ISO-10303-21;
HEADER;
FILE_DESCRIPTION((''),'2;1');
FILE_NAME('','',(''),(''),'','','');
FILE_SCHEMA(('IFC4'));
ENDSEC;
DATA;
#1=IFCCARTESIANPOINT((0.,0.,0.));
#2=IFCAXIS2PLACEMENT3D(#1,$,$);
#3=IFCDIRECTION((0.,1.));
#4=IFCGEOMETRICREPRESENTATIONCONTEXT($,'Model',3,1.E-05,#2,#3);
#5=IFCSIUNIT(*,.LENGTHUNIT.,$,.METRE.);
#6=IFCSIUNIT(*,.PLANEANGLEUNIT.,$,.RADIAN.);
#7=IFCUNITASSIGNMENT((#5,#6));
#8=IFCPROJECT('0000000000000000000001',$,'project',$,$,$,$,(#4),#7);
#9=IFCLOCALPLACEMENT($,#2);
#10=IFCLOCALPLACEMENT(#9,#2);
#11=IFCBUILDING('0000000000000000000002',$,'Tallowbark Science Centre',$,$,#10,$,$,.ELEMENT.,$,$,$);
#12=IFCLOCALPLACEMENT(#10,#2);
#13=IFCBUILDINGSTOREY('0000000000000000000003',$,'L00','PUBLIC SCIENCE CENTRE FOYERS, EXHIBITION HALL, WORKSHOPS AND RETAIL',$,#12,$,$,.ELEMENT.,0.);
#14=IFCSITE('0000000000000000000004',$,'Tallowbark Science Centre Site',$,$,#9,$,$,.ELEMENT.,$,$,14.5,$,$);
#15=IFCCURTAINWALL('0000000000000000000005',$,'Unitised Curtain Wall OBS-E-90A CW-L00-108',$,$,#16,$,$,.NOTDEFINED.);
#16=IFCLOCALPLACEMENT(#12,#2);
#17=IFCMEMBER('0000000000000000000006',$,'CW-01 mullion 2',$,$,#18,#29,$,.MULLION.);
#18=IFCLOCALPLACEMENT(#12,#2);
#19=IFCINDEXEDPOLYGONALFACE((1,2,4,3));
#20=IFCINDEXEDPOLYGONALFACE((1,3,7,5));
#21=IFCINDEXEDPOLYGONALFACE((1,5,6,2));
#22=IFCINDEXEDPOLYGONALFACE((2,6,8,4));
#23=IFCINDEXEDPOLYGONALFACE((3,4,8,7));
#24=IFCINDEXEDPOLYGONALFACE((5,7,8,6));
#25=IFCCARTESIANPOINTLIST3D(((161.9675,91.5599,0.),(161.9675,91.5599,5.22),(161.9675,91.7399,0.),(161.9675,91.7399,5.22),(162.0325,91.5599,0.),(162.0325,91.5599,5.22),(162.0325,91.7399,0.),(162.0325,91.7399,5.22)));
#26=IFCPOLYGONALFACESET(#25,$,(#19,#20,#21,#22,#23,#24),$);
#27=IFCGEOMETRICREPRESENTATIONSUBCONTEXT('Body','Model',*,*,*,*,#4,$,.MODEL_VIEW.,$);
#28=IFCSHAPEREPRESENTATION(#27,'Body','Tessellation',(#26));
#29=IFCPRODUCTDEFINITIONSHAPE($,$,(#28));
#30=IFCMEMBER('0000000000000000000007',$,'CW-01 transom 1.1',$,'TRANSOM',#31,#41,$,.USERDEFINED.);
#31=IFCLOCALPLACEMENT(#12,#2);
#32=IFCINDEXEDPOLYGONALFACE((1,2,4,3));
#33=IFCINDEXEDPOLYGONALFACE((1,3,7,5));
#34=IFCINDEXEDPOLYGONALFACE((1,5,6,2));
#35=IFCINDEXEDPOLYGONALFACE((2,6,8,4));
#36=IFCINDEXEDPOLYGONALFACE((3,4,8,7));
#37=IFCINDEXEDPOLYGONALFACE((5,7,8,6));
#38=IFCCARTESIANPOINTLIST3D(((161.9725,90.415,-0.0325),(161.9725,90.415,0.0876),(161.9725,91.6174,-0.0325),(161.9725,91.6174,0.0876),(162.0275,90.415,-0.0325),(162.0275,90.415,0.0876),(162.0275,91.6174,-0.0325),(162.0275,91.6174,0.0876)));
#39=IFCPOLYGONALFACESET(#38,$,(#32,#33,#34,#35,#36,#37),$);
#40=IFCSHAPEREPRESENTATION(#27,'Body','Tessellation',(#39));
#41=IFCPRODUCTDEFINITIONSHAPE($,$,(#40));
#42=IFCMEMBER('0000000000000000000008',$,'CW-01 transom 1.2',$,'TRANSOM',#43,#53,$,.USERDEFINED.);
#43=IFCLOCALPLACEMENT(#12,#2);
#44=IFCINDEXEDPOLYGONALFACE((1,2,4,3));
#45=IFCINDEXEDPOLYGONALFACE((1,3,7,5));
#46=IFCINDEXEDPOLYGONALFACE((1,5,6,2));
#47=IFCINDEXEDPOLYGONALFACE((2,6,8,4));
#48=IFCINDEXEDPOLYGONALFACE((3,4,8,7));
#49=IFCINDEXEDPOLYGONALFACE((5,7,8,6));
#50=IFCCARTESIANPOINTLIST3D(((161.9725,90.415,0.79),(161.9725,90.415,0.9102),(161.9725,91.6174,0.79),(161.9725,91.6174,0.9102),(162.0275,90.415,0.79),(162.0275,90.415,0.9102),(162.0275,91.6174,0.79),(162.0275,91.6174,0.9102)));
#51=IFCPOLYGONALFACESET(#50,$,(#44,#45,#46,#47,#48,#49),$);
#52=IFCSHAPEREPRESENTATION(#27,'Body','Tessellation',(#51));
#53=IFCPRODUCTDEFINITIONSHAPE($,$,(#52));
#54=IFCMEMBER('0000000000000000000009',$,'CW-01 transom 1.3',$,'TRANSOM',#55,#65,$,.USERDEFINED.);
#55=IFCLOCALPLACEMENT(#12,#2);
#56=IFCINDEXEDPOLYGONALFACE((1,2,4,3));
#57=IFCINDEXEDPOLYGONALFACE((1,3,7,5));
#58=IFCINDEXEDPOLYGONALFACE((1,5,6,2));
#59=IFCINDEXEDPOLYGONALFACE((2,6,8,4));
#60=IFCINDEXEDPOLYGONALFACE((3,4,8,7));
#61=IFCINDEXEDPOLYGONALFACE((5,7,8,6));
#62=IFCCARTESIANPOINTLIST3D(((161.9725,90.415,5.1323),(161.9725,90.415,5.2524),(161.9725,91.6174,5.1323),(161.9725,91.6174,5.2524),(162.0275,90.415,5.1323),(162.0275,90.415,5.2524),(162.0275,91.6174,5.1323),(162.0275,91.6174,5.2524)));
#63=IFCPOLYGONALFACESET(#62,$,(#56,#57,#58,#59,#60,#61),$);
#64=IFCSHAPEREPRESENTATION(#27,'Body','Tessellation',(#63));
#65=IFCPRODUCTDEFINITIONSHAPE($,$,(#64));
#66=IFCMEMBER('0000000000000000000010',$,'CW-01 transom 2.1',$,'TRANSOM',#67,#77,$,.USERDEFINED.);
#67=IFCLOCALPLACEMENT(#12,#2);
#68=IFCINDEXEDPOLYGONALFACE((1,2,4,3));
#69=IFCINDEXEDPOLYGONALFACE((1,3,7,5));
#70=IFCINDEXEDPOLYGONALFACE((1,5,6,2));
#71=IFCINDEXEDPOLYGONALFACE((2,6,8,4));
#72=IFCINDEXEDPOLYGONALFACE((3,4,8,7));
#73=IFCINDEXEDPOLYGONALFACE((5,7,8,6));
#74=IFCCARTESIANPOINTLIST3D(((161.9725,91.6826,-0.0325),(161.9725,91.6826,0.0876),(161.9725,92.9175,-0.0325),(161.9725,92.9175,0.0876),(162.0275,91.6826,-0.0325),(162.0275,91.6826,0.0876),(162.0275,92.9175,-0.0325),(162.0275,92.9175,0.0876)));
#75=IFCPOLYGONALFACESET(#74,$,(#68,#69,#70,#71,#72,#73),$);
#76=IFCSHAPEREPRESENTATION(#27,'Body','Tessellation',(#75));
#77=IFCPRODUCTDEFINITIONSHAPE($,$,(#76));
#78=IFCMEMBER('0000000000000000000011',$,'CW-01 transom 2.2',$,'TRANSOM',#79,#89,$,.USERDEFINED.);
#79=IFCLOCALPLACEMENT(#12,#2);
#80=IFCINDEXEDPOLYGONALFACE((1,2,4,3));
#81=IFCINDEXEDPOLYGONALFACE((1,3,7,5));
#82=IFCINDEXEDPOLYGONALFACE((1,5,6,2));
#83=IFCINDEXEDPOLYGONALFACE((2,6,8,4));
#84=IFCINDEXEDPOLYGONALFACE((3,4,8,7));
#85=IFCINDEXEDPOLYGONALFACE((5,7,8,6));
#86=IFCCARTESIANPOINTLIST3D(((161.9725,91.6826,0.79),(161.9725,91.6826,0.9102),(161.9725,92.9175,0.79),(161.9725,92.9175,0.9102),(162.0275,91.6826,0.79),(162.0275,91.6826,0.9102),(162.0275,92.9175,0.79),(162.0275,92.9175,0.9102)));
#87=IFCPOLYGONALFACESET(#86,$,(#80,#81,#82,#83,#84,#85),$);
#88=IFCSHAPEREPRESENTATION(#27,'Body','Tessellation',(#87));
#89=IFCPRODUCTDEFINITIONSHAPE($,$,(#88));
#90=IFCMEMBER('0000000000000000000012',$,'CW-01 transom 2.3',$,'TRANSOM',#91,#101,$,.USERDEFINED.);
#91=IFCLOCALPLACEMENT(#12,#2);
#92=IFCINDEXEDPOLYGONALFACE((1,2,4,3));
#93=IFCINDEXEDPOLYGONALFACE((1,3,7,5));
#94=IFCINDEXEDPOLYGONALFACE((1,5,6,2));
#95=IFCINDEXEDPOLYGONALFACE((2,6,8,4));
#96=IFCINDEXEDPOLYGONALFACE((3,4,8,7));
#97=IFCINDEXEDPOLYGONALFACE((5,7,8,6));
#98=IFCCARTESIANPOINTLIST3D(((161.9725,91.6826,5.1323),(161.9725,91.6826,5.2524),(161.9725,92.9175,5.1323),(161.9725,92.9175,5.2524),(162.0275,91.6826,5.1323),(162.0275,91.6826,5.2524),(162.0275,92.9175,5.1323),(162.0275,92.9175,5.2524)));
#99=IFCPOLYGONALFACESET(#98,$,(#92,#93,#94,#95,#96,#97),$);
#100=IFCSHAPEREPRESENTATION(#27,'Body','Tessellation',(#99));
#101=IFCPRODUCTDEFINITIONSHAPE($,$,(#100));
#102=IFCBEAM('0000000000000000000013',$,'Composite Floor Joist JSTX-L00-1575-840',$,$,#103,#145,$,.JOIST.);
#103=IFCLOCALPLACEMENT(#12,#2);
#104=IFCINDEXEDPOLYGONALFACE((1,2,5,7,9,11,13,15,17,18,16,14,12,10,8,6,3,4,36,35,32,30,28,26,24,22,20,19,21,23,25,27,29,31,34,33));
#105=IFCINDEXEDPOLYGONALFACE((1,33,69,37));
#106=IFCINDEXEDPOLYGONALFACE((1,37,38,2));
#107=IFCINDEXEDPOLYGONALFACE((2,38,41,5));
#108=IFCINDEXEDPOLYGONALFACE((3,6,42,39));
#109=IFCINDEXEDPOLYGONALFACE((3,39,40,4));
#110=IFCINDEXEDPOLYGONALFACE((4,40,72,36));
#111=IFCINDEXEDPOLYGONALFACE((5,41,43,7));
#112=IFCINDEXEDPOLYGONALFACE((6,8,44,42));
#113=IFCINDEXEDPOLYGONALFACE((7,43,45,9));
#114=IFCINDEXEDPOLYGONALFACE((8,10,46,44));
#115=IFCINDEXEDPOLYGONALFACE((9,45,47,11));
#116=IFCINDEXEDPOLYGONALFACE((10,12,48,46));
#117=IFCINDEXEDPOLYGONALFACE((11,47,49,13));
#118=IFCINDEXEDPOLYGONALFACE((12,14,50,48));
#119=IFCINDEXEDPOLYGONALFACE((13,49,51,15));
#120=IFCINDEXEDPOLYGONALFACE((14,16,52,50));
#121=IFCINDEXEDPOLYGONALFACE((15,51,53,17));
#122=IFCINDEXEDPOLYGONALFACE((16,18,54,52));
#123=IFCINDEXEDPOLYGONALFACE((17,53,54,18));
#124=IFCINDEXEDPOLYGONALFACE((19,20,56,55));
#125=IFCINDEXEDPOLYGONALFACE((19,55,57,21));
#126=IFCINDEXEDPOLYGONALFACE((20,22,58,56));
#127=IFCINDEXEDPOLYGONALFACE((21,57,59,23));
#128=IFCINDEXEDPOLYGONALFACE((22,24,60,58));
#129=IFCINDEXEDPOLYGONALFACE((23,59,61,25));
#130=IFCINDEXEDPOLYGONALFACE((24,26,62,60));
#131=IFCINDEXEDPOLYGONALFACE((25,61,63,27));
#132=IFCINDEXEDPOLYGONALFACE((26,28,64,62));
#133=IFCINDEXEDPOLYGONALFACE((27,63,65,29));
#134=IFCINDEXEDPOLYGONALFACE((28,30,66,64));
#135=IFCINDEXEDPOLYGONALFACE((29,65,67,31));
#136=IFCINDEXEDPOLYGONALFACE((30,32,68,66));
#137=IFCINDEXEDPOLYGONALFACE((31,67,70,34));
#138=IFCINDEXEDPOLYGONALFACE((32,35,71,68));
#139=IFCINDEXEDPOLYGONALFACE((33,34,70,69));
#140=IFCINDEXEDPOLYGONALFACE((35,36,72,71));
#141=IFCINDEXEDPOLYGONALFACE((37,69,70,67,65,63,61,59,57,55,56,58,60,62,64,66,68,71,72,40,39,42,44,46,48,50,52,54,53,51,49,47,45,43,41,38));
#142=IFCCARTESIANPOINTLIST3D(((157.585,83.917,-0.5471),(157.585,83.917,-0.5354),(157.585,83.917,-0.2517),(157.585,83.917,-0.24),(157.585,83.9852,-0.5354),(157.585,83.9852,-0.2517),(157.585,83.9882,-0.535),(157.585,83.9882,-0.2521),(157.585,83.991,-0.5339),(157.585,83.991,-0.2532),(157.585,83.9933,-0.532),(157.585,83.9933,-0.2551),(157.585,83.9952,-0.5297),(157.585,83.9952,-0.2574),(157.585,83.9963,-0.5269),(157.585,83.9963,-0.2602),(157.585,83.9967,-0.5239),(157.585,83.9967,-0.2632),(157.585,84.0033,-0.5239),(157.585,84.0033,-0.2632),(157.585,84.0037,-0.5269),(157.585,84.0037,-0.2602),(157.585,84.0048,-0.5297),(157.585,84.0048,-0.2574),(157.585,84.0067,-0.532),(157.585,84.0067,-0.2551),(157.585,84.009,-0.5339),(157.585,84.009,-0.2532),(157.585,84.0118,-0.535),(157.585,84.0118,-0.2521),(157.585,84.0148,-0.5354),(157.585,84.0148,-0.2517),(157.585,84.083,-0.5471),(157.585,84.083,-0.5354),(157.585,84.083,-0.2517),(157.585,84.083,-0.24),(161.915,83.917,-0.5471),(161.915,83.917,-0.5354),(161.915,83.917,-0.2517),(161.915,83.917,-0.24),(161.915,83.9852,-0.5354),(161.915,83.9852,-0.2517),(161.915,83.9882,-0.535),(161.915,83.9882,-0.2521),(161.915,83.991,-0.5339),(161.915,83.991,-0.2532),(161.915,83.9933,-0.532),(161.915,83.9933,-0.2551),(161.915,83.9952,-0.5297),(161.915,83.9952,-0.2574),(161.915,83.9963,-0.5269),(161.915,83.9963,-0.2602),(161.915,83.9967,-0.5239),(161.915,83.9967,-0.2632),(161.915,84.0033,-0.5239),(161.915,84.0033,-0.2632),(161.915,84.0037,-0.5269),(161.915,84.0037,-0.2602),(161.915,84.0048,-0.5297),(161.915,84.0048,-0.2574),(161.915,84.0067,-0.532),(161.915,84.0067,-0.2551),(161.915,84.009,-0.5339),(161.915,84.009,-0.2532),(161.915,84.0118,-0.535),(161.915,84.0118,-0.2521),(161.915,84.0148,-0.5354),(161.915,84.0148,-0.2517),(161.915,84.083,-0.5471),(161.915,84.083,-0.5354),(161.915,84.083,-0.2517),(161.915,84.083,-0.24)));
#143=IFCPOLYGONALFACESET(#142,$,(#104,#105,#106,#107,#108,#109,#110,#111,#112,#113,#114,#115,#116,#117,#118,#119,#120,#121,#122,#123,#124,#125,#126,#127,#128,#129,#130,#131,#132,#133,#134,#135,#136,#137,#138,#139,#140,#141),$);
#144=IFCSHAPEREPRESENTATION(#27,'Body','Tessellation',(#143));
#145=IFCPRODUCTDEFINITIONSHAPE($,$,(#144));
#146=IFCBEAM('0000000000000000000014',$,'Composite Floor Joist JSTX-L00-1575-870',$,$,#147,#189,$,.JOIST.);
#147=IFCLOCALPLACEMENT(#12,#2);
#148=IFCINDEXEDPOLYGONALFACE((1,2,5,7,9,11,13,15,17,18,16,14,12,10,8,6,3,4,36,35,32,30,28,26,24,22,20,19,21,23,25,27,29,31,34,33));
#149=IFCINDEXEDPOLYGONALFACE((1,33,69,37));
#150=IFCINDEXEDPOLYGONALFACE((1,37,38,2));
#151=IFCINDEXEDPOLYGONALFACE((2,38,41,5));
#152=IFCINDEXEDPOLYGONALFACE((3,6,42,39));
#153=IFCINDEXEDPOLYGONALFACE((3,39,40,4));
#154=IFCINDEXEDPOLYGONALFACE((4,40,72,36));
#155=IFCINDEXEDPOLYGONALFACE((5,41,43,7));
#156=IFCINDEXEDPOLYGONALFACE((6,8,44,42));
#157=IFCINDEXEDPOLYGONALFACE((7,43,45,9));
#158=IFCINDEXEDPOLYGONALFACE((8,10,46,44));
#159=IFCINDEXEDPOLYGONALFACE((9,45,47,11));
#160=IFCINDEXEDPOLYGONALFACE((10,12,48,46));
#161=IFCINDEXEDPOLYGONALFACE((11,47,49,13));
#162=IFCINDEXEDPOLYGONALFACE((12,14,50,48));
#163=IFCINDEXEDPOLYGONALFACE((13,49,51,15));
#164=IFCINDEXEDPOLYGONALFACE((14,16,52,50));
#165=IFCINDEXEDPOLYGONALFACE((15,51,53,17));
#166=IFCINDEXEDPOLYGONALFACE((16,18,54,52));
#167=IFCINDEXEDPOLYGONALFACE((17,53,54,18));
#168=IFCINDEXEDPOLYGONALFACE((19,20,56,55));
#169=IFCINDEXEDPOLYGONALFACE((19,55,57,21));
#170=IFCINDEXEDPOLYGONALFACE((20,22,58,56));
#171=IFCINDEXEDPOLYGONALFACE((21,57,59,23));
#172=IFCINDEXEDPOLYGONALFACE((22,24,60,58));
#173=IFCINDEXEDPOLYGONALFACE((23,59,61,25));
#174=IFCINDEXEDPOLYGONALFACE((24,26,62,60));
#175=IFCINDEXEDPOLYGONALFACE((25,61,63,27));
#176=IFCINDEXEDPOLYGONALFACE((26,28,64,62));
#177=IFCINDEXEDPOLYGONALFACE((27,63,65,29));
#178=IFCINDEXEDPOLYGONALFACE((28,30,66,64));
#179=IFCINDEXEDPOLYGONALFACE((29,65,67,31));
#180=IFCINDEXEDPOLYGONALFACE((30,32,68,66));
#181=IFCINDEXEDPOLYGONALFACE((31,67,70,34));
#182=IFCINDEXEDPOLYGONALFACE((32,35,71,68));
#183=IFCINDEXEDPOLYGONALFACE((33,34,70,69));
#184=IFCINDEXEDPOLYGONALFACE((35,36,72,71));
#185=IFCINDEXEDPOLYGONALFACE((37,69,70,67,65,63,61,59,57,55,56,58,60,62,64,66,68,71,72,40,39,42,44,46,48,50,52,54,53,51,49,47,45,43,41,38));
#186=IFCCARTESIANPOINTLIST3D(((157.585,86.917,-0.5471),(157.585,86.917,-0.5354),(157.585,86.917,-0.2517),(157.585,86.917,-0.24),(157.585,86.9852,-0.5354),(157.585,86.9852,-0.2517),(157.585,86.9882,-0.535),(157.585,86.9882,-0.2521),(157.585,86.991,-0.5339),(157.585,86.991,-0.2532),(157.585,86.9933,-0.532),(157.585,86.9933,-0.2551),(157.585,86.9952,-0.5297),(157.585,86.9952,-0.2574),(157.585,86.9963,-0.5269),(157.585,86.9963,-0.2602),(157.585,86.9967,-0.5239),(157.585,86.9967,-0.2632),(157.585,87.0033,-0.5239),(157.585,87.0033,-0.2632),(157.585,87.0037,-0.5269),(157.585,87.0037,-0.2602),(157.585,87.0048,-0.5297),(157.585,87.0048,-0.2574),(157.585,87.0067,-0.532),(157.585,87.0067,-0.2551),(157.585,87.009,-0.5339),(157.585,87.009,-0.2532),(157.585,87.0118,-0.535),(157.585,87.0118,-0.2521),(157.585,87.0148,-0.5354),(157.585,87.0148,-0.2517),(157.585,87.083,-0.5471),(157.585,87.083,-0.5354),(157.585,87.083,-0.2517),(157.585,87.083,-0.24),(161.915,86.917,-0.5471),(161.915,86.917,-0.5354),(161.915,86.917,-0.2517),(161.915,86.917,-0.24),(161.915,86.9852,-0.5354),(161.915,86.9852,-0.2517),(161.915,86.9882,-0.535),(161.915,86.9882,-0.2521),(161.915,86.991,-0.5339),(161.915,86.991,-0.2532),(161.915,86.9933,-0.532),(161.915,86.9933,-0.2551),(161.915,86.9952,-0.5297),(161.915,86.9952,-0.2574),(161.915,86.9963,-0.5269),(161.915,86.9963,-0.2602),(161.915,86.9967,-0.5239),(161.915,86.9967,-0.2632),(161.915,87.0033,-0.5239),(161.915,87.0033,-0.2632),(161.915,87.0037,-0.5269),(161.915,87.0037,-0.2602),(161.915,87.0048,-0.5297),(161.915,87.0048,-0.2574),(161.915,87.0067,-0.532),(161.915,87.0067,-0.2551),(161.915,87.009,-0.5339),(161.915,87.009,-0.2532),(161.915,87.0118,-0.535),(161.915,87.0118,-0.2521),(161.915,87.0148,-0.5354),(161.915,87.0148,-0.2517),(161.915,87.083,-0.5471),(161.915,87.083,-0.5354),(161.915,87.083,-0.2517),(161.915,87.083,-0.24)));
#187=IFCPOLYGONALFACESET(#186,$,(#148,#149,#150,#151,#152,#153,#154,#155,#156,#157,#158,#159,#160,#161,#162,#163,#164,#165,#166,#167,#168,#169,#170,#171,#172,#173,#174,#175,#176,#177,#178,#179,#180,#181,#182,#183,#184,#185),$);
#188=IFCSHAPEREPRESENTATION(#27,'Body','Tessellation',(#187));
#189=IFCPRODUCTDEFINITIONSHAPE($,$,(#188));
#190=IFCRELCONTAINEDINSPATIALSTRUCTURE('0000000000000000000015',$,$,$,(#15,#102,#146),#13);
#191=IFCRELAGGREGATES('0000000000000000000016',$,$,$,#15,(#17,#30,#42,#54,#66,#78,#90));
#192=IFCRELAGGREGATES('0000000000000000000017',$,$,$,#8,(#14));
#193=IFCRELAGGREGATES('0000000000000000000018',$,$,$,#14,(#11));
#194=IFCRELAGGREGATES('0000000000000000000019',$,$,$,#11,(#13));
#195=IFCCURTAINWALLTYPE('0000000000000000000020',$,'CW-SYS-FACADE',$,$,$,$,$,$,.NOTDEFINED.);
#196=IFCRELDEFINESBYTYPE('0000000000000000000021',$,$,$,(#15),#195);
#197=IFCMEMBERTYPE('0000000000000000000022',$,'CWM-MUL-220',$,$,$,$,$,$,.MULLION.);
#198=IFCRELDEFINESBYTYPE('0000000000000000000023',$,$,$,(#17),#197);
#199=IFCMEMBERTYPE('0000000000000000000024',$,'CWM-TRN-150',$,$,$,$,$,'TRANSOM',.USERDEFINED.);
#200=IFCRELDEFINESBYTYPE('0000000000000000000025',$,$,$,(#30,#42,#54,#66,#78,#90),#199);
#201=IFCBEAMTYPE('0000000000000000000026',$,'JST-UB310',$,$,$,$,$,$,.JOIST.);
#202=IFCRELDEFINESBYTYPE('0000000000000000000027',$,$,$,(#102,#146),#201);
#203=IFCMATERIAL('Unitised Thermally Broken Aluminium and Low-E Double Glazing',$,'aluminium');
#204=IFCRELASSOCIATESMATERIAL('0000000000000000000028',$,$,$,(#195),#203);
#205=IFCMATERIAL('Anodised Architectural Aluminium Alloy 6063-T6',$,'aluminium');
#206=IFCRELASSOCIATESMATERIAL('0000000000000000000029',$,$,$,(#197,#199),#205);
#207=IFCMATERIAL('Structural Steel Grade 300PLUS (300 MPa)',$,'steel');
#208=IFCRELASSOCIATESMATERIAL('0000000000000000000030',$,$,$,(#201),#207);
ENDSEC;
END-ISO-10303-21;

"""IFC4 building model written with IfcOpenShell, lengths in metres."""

from ifc_helpers import new_model, si_unit, direction, frame, origin, origin_2d, place, context, subcontext, project, spatial, rectangle, i_section, extrude, material, material_profile, profile_set, type_object, element, aggregate, save


model = new_model("IFC4")

# Units and contexts
model_context = context("Model", 3, precision=1e-05, world=origin(), true_north=direction((0.0, 1.0)))
body_context = subcontext(model_context, "Body", "Model", "MODEL_VIEW")
ifc_project = project(units=[si_unit("LENGTHUNIT", "METRE"), si_unit("PLANEANGLEUNIT", "RADIAN")], contexts=[model_context])

# Site, building, storey
site_placement = place(None, origin())
site = spatial("IfcSite", under=ifc_project, at=site_placement, Name="Tallowbark Science Centre Site", CompositionType="ELEMENT", RefElevation=14.5)
building_placement = place(site_placement, origin())
building = spatial("IfcBuilding", under=site, at=building_placement, Name="Tallowbark Science Centre", CompositionType="ELEMENT")
storey_placement = place(building_placement, origin())
storey = spatial("IfcBuildingStorey", under=building, at=storey_placement, Name="L00", Description="PUBLIC SCIENCE CENTRE FOYERS, EXHIBITION HALL, WORKSHOPS AND RETAIL", CompositionType="ELEMENT", Elevation=0.0)

# Shared definitions
ifc_material_1 = material(Name="Structural Steel Grade 300PLUS (300 MPa)", Category="steel")

# Curtain wall, members
ifc_material_2 = material(Name="Unitised Thermally Broken Aluminium and Low-E Double Glazing", Category="aluminium")
curtain_wall_type = type_object("IfcCurtainWallType", Name="CW-SYS-FACADE", PredefinedType="NOTDEFINED", material=ifc_material_2)
curtain_wall_placement = place(storey_placement, origin())
curtain_wall = element("IfcCurtainWall", 1, at=curtain_wall_placement, inside=storey, type_object=curtain_wall_type, Name="Unitised Curtain Wall OBS-E-90A CW-L00-108", PredefinedType="NOTDEFINED")
ifc_material_3 = material(Name="Anodised Architectural Aluminium Alloy 6063-T6", Category="aluminium")
ifc_material_profile_1 = material_profile(ifc_material_3, rectangle(XDim=0.0649, YDim=0.1799, at=origin_2d()), Name="ALU65x180")
ifc_profile_set_1 = profile_set([ifc_material_profile_1], Name="Anodised Architectural Aluminium Alloy 6063-T6")
member_type_1 = type_object("IfcMemberType", Name="CWM-MUL-220", PredefinedType="MULLION", material=ifc_profile_set_1)
member_1_placement = place(storey_placement, frame((162.0, 91.6499, 0.0), z_axis=(0.0, 0.0, 1.0), x_axis=(-1.0, 0.0, 0.0)))
member_1 = element("IfcMember", 2, at=member_1_placement, type_object=member_type_1, Name="CW-01 mullion 2", PredefinedType="MULLION", context=body_context, shape_type="SweptSolid", body=[
    extrude(rectangle(XDim=0.0649, YDim=0.1799, at=origin_2d()), origin(), (0.0, 0.0, 1.0), 5.22),
])
ifc_material_profile_2 = material_profile(ifc_material_3, rectangle(XDim=0.0549, YDim=0.1201, at=origin_2d()), Name="ALU55x120")
ifc_profile_set_2 = profile_set([ifc_material_profile_2], Name="Anodised Architectural Aluminium Alloy 6063-T6")
member_type_2 = type_object("IfcMemberType", Name="CWM-TRN-150", ElementType="TRANSOM", PredefinedType="USERDEFINED", material=ifc_profile_set_2)
member_2_placement = place(storey_placement, frame((162.0, 90.415, 0.0276), z_axis=(0.0, 1.0, 0.0), x_axis=(-1.0, 0.0, 0.0)))
member_2 = element("IfcMember", 3, at=member_2_placement, type_object=member_type_2, Name="CW-01 transom 1.1", ObjectType="TRANSOM", PredefinedType="USERDEFINED", context=body_context, shape_type="SweptSolid", body=[
    extrude(rectangle(XDim=0.0549, YDim=0.1201, at=origin_2d()), origin(), (0.0, 0.0, 1.0), 1.2024),
])
member_3_placement = place(storey_placement, frame((162.0, 90.415, 0.8501), z_axis=(0.0, 1.0, 0.0), x_axis=(-1.0, 0.0, 0.0)))
member_3 = element("IfcMember", 4, at=member_3_placement, type_object=member_type_2, Name="CW-01 transom 1.2", ObjectType="TRANSOM", PredefinedType="USERDEFINED", context=body_context, shape_type="SweptSolid", body=[
    extrude(rectangle(XDim=0.0549, YDim=0.1201, at=origin_2d()), origin(), (0.0, 0.0, 1.0), 1.2024),
])
member_4_placement = place(storey_placement, frame((162.0, 90.415, 5.1924), z_axis=(0.0, 1.0, 0.0), x_axis=(-1.0, 0.0, 0.0)))
member_4 = element("IfcMember", 5, at=member_4_placement, type_object=member_type_2, Name="CW-01 transom 1.3", ObjectType="TRANSOM", PredefinedType="USERDEFINED", context=body_context, shape_type="SweptSolid", body=[
    extrude(rectangle(XDim=0.0549, YDim=0.1201, at=origin_2d()), origin(), (0.0, 0.0, 1.0), 1.2024),
])
member_5_placement = place(storey_placement, frame((162.0, 91.6826, 0.0276), z_axis=(0.0, 1.0, 0.0), x_axis=(-1.0, 0.0, 0.0)))
member_5 = element("IfcMember", 6, at=member_5_placement, type_object=member_type_2, Name="CW-01 transom 2.1", ObjectType="TRANSOM", PredefinedType="USERDEFINED", context=body_context, shape_type="SweptSolid", body=[
    extrude(rectangle(XDim=0.0549, YDim=0.1201, at=origin_2d()), origin(), (0.0, 0.0, 1.0), 1.2349),
])
member_6_placement = place(storey_placement, frame((162.0, 91.6826, 0.8501), z_axis=(0.0, 1.0, 0.0), x_axis=(-1.0, 0.0, 0.0)))
member_6 = element("IfcMember", 7, at=member_6_placement, type_object=member_type_2, Name="CW-01 transom 2.2", ObjectType="TRANSOM", PredefinedType="USERDEFINED", context=body_context, shape_type="SweptSolid", body=[
    extrude(rectangle(XDim=0.0549, YDim=0.1201, at=origin_2d()), origin(), (0.0, 0.0, 1.0), 1.2349),
])
member_7_placement = place(storey_placement, frame((162.0, 91.6826, 5.1924), z_axis=(0.0, 1.0, 0.0), x_axis=(-1.0, 0.0, 0.0)))
member_7 = element("IfcMember", 8, at=member_7_placement, type_object=member_type_2, Name="CW-01 transom 2.3", ObjectType="TRANSOM", PredefinedType="USERDEFINED", context=body_context, shape_type="SweptSolid", body=[
    extrude(rectangle(XDim=0.0549, YDim=0.1201, at=origin_2d()), origin(), (0.0, 0.0, 1.0), 1.2349),
])

# Beams
ifc_material_profile_3 = material_profile(ifc_material_1, i_section(OverallWidth=0.166, OverallDepth=0.3071, WebThickness=0.0066, FlangeThickness=0.0117, FilletRadius=0.0115, at=origin_2d()), Name="310UB46.2")
ifc_profile_set_3 = profile_set([ifc_material_profile_3], Name="Structural Steel Grade 300PLUS (300 MPa)")
beam_type_1 = type_object("IfcBeamType", Name="JST-UB310", PredefinedType="JOIST", material=ifc_profile_set_3)
for number, where, z_axis, x_axis, name in (
    (9, (157.585, 84.0, -0.3936), (1.0, 0.0, 0.0), (0.0, 1.0, 0.0), "Composite Floor Joist JSTX-L00-1575-840"),
    (10, (157.585, 87.0, -0.3936), (1.0, 0.0, 0.0), (0.0, 1.0, 0.0), "Composite Floor Joist JSTX-L00-1575-870"),
):
    element("IfcBeam", number, at=place(storey_placement, frame(where, z_axis=z_axis, x_axis=x_axis)), inside=storey, type_object=beam_type_1, Name=name, PredefinedType="JOIST", context=body_context, shape_type="SweptSolid", body=[
        extrude(i_section(OverallWidth=0.166, OverallDepth=0.3071, WebThickness=0.0066, FlangeThickness=0.0117, FilletRadius=0.0115, at=origin_2d()), origin(), (0.0, 0.0, 1.0), 4.3301),
    ])

aggregate(curtain_wall, [member_1, member_2, member_3, member_4, member_5, member_6, member_7])

save(model, "model.ifc")
